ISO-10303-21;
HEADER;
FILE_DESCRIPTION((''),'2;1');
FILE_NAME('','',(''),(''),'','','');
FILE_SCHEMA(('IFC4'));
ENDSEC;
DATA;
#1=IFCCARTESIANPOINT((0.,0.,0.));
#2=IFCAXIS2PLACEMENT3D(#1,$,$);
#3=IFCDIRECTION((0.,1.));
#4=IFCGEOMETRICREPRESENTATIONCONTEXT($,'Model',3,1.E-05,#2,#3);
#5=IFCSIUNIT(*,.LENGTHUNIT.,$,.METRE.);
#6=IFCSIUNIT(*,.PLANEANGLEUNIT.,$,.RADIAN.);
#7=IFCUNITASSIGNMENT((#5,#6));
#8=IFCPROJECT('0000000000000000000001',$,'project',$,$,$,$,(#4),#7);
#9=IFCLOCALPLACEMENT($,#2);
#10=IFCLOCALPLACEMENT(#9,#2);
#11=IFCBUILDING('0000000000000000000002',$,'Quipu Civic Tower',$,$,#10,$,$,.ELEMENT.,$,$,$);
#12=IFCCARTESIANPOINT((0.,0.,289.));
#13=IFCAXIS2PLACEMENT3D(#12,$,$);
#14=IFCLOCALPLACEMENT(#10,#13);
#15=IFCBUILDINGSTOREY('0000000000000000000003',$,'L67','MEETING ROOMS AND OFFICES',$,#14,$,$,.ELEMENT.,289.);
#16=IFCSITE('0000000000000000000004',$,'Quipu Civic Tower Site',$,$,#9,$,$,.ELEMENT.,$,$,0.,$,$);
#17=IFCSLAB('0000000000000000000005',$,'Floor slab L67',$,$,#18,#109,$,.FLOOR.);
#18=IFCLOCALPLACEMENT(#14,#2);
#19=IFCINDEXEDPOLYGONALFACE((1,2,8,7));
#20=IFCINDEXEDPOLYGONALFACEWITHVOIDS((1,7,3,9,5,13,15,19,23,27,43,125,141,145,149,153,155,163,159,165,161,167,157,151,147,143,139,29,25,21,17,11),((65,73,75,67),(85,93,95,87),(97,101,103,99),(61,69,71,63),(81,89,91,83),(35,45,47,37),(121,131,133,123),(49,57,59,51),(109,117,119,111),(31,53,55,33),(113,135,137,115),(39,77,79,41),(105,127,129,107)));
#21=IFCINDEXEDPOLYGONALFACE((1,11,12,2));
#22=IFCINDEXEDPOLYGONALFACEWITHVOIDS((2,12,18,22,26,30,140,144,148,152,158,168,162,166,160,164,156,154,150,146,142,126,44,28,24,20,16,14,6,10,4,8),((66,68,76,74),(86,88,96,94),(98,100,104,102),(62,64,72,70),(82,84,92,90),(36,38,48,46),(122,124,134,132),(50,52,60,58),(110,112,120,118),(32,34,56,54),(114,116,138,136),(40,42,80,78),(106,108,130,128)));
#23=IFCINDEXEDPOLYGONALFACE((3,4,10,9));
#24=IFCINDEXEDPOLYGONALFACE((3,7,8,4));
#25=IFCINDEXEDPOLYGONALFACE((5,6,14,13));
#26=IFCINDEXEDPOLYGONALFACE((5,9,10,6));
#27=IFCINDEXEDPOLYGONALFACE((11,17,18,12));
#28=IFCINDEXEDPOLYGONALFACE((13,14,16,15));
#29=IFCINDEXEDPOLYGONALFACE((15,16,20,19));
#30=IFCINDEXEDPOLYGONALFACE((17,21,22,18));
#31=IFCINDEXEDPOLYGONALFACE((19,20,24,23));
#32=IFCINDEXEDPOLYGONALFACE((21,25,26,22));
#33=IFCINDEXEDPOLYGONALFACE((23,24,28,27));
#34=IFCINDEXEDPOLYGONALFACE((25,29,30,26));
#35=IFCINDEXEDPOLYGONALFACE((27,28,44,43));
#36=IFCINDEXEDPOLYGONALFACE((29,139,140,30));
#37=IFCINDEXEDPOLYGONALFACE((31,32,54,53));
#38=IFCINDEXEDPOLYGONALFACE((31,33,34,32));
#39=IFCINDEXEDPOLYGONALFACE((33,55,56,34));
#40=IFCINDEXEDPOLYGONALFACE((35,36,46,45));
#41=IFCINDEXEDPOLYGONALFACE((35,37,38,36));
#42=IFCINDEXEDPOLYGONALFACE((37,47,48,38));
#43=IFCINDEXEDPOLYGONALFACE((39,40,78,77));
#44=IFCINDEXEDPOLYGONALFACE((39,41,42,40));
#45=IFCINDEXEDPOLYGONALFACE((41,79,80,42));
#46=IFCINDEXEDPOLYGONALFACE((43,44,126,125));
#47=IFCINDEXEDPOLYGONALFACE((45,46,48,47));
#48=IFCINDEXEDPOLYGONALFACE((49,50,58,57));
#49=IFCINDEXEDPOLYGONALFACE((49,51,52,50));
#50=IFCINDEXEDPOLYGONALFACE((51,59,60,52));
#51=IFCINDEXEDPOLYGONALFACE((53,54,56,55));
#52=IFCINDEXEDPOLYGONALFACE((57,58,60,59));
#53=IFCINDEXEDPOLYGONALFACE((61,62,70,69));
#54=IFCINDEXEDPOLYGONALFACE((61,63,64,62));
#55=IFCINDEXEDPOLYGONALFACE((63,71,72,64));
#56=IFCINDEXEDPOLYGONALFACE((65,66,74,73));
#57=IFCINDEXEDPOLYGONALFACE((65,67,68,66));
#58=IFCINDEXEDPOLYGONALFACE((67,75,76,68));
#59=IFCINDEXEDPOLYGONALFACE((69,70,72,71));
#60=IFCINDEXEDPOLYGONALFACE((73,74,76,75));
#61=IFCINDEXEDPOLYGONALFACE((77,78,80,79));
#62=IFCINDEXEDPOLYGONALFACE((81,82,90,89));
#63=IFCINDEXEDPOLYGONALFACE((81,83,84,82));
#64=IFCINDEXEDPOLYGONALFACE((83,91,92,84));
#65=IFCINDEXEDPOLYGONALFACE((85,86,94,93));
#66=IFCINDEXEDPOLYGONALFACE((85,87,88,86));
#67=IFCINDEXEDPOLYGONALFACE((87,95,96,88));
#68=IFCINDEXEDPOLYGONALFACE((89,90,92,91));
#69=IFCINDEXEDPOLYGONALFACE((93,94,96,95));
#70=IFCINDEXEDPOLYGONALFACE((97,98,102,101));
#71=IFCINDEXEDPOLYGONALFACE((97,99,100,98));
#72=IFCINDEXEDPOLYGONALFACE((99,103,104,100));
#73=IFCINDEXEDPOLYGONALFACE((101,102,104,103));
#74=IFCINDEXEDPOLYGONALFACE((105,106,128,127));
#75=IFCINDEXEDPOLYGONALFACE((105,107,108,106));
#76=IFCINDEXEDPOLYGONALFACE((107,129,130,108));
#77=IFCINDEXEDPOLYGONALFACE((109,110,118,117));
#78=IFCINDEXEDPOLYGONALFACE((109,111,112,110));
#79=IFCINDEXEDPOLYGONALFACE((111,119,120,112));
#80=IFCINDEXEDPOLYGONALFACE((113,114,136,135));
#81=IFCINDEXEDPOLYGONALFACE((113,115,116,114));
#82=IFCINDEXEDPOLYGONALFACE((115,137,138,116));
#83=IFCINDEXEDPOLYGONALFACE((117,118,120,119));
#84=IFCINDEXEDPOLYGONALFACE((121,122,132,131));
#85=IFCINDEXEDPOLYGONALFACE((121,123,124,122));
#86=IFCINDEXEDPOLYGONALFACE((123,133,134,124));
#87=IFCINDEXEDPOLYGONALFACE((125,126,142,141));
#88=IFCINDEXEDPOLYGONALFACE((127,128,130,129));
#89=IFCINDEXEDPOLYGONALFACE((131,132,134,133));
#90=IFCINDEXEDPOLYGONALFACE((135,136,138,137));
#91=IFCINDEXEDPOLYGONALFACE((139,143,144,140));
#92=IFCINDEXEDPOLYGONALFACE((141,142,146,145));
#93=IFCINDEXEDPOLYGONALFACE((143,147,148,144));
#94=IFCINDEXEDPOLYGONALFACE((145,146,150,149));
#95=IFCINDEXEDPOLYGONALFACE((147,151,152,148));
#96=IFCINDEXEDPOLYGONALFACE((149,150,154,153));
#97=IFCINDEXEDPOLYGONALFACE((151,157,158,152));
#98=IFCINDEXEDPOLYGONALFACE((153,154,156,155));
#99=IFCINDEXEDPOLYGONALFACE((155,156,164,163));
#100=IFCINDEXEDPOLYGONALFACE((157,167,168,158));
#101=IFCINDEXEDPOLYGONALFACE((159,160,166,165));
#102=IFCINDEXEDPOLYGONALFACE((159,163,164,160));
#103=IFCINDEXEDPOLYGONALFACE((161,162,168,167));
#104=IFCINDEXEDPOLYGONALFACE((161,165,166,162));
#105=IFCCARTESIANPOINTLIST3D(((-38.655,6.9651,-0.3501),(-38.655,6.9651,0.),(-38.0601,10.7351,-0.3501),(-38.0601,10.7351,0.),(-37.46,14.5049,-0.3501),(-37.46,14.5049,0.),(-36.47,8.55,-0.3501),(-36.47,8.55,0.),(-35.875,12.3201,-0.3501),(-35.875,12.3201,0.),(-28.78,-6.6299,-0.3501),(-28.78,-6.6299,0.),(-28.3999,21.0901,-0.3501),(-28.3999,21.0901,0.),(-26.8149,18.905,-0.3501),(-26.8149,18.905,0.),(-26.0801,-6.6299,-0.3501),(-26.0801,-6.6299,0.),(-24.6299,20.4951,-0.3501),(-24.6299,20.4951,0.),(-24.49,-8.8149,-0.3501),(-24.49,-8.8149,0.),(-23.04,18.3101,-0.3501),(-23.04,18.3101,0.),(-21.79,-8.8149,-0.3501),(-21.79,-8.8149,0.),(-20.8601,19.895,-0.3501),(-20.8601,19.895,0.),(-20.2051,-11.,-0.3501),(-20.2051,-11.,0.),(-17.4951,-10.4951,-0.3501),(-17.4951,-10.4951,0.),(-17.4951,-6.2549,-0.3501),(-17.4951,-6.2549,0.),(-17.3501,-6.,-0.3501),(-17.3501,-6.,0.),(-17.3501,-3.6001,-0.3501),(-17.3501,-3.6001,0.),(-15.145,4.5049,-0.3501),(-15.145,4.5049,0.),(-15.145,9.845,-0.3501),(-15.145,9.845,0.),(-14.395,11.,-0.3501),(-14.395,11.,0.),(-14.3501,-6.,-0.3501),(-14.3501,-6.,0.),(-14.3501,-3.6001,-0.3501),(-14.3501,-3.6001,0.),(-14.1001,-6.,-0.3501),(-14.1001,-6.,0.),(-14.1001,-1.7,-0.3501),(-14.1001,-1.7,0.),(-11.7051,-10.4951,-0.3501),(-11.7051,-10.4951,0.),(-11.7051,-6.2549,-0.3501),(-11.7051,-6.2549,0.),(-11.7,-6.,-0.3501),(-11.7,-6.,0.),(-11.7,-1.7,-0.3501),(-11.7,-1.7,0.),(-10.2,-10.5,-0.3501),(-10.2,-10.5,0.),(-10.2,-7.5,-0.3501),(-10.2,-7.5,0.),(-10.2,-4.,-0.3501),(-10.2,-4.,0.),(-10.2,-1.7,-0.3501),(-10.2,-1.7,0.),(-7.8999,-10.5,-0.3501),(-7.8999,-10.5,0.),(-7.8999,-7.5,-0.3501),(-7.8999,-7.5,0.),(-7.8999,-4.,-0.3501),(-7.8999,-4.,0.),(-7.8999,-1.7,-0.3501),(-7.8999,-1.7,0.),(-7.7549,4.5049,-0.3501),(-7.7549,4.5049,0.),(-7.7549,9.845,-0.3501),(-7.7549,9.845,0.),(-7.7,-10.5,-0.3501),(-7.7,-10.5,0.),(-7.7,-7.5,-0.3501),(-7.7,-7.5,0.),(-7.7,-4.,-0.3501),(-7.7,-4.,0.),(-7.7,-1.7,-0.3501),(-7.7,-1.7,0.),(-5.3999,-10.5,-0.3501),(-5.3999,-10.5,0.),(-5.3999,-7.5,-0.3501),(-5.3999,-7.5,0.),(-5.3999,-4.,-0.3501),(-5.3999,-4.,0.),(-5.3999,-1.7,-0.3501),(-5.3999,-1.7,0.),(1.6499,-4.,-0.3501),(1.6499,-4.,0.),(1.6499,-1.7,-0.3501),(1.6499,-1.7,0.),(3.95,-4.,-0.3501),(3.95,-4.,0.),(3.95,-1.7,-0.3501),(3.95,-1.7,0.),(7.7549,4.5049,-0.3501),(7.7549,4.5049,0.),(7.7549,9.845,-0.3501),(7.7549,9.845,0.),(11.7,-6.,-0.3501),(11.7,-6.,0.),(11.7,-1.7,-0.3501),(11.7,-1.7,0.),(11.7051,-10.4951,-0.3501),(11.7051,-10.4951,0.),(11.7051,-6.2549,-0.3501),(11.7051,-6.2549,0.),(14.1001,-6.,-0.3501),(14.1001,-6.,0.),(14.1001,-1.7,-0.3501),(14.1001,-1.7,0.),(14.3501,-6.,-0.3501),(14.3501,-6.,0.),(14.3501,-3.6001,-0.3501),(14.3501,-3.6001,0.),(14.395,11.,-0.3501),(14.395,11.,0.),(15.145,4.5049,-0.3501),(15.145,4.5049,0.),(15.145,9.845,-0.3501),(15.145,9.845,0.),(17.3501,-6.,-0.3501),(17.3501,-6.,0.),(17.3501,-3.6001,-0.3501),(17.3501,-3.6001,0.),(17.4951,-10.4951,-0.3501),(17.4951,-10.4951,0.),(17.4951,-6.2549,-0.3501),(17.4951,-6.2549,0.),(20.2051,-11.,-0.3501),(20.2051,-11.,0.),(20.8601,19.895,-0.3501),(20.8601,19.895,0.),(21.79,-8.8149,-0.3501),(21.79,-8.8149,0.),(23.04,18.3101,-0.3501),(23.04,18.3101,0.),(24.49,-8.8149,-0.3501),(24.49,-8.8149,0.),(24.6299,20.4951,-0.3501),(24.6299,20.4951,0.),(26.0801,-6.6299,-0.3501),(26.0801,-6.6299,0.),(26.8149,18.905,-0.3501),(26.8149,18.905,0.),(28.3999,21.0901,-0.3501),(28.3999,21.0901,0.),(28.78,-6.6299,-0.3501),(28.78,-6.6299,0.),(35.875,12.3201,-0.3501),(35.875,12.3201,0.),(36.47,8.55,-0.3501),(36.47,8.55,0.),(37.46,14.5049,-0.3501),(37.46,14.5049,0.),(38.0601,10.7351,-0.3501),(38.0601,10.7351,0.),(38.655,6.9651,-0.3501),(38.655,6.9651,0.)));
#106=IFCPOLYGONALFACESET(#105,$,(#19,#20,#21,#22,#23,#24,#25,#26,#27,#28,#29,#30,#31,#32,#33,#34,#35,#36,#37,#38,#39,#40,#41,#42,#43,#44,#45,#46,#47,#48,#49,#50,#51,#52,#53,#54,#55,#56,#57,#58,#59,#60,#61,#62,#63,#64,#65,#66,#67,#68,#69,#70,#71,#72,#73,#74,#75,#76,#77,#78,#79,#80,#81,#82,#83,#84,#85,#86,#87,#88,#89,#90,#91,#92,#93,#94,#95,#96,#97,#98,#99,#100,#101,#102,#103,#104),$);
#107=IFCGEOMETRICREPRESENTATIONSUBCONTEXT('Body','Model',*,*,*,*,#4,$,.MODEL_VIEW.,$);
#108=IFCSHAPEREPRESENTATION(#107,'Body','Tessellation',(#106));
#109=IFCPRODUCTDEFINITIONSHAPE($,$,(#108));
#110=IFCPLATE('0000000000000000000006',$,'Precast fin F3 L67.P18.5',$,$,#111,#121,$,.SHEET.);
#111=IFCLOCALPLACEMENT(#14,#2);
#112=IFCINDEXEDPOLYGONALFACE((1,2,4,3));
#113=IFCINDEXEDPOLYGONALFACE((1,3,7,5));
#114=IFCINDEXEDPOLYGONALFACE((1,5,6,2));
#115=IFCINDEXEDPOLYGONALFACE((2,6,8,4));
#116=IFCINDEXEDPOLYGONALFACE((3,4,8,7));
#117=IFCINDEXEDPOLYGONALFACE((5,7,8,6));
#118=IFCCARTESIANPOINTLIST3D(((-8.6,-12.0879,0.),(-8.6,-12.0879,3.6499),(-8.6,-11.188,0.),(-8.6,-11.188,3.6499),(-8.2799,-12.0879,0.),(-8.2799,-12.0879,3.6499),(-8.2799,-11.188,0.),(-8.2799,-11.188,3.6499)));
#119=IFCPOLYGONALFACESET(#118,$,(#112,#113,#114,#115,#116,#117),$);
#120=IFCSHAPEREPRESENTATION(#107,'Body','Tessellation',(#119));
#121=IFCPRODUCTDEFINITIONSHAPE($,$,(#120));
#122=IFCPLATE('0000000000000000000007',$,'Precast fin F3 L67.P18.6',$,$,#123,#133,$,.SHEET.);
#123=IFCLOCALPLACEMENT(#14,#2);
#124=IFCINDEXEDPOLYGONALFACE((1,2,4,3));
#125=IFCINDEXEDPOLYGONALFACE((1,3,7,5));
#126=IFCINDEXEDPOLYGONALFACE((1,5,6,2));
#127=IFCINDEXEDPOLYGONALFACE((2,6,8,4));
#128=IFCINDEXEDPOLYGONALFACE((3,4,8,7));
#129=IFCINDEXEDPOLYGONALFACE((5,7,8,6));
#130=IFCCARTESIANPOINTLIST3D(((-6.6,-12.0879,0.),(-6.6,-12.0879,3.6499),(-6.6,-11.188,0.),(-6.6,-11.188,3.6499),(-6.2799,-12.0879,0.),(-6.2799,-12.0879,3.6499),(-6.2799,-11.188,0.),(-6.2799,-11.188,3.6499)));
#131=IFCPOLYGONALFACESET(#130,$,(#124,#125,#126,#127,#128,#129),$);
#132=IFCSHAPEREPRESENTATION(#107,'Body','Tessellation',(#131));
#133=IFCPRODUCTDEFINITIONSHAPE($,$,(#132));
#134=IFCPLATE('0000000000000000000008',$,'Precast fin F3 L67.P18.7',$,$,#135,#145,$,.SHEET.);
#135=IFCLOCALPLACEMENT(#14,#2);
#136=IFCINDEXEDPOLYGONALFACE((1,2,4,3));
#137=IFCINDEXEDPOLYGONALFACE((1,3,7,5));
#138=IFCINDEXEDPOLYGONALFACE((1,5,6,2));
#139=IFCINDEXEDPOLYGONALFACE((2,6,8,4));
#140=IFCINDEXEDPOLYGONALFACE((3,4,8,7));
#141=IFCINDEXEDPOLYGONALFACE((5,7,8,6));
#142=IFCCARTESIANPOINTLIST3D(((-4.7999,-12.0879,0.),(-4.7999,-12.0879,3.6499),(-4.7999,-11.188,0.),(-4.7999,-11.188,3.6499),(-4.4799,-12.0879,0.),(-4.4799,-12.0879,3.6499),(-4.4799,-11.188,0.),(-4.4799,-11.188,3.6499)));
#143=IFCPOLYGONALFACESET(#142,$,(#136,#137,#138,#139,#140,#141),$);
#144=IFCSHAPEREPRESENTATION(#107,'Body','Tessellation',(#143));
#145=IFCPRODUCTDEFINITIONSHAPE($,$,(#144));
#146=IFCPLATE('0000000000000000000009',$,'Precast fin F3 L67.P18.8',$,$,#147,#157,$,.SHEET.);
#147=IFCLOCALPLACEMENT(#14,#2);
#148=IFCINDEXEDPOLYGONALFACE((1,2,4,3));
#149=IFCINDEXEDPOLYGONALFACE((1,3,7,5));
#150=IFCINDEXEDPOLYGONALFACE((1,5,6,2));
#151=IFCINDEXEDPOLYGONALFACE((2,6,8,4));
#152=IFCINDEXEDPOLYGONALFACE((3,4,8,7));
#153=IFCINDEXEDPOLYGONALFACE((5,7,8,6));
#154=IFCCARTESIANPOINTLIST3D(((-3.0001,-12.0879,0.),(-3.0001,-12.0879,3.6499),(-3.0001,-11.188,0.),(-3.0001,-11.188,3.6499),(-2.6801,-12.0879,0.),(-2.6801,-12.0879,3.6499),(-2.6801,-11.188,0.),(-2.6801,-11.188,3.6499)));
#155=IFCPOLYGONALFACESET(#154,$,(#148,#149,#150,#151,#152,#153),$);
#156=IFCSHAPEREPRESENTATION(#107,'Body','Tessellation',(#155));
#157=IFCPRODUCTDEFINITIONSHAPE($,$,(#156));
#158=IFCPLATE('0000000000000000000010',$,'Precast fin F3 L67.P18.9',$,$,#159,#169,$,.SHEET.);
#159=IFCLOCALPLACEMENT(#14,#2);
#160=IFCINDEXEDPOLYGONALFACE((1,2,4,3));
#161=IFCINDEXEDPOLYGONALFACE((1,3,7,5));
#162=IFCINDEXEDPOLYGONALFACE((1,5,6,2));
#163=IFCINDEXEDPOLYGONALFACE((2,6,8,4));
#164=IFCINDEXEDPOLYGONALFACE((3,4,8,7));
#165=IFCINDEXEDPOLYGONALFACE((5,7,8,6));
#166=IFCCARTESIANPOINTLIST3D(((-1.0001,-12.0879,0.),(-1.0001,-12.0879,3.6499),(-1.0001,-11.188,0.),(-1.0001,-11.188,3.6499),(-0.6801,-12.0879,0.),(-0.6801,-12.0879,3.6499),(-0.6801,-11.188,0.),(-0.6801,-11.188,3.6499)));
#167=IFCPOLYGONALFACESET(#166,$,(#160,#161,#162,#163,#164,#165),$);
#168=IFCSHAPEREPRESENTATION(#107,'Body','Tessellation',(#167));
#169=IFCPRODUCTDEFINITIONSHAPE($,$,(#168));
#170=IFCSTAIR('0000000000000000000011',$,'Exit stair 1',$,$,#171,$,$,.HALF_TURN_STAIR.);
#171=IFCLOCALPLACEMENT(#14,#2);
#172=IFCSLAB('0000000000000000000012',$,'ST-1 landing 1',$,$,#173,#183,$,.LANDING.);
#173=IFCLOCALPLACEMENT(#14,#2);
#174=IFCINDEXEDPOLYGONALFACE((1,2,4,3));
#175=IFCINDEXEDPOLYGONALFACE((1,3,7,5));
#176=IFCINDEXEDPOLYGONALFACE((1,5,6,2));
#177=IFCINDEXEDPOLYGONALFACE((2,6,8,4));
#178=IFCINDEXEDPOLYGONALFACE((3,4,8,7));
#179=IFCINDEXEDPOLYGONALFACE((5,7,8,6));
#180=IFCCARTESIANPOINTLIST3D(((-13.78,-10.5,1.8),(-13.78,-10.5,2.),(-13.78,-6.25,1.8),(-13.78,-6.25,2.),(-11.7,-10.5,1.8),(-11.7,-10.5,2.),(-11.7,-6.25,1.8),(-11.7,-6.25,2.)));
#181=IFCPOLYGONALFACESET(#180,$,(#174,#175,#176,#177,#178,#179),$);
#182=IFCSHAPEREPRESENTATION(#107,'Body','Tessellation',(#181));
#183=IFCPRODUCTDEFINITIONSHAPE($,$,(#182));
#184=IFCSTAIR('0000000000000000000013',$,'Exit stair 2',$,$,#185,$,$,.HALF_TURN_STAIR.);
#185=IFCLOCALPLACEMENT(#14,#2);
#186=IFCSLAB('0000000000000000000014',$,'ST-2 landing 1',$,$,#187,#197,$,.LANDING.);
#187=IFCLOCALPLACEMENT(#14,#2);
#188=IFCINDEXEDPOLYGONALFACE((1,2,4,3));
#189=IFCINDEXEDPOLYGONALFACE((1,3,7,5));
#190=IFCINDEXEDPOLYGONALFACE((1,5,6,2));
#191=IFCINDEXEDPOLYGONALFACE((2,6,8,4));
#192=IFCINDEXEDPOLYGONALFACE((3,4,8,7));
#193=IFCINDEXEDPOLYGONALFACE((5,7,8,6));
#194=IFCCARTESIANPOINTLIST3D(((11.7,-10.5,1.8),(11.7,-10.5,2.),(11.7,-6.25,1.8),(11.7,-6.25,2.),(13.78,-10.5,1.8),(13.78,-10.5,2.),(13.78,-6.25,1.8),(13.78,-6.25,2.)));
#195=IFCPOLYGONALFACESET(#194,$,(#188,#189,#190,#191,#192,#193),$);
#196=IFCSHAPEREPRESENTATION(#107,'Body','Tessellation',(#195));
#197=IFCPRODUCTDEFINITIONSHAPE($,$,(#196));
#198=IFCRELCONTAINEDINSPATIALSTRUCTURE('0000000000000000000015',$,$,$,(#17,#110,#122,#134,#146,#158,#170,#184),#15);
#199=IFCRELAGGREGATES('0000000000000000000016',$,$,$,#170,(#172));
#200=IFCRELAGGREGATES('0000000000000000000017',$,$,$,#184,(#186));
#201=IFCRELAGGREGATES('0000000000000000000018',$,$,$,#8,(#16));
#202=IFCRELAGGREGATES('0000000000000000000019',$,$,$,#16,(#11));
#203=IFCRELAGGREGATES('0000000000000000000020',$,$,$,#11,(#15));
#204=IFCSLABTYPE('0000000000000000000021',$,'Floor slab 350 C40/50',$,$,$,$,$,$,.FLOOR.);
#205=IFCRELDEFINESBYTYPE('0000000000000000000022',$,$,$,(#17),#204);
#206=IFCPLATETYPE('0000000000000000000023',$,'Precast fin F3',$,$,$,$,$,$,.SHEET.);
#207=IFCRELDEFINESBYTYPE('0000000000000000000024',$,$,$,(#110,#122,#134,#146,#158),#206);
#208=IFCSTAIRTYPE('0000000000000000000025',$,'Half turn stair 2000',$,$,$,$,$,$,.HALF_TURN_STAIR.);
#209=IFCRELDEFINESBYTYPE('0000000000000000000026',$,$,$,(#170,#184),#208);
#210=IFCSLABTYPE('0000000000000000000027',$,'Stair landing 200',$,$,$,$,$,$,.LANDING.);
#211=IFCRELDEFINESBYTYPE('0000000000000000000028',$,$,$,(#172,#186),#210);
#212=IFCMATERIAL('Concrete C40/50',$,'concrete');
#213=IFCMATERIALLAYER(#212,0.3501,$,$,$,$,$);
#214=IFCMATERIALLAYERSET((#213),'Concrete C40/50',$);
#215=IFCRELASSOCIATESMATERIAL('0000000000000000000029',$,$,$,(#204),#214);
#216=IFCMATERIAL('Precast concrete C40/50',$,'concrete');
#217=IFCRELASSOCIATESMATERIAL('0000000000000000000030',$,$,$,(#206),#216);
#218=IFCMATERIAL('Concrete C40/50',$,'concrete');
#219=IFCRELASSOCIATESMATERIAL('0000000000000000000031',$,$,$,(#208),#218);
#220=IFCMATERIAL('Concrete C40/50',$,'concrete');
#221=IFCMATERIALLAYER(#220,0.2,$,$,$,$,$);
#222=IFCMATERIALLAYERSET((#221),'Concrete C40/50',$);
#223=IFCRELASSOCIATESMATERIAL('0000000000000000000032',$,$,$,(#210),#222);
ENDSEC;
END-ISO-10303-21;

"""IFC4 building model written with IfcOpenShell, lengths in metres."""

from ifc_helpers import new_model, si_unit, direction, frame, origin, origin_2d, place, context, subcontext, project, spatial, polyline, rectangle, outline, extrude, material, layer, layer_set, type_object, element, aggregate, save


model = new_model("IFC4")

# Units and contexts
model_context = context("Model", 3, precision=1e-05, world=origin(), true_north=direction((0.0, 1.0)))
body_context = subcontext(model_context, "Body", "Model", "MODEL_VIEW")
ifc_project = project(units=[si_unit("LENGTHUNIT", "METRE"), si_unit("PLANEANGLEUNIT", "RADIAN")], contexts=[model_context])

# Site, building, storey
site_placement = place(None, origin())
site = spatial("IfcSite", under=ifc_project, at=site_placement, Name="Quipu Civic Tower Site", CompositionType="ELEMENT", RefElevation=0.0)
building_placement = place(site_placement, origin())
building = spatial("IfcBuilding", under=site, at=building_placement, Name="Quipu Civic Tower", CompositionType="ELEMENT")
storey_placement = place(building_placement, frame((0.0, 0.0, 289.0)))
storey = spatial("IfcBuildingStorey", under=building, at=storey_placement, Name="L67", Description="MEETING ROOMS AND OFFICES", CompositionType="ELEMENT", Elevation=289.0)

# Slab
ifc_material_1 = material(Name="Concrete C40/50", Category="concrete")
ifc_layer_1 = layer(ifc_material_1, 0.3501)
ifc_layer_set_1 = layer_set([ifc_layer_1], Name="Concrete C40/50")
slab_type_1 = type_object("IfcSlabType", Name="Floor slab 350 C40/50", PredefinedType="FLOOR", material=ifc_layer_set_1)
slab_1_placement = place(storey_placement, frame((0.0, 0.0, -0.3501)))
element("IfcSlab", 1, at=slab_1_placement, inside=storey, type_object=slab_type_1, Name="Floor slab L67", PredefinedType="FLOOR", context=body_context, shape_type="SweptSolid", body=[
    extrude(outline(polyline([(20.8601, 19.895), (23.04, 18.3101), (24.6299, 20.4951), (26.8149, 18.905), (28.3999, 21.0901), (37.46, 14.5049), (35.875, 12.3201), (38.0601, 10.7351), (36.47, 8.55), (38.655, 6.9651), (28.78, -6.6299), (26.0801, -6.6299), (24.49, -8.8149), (21.79, -8.8149), (20.2051, -11.0), (-20.2051, -11.0), (-21.79, -8.8149), (-24.49, -8.8149), (-26.0801, -6.6299), (-28.78, -6.6299), (-38.655, 6.9651), (-36.47, 8.55), (-38.0601, 10.7351), (-35.875, 12.3201), (-37.46, 14.5049), (-28.3999, 21.0901), (-26.8149, 18.905), (-24.6299, 20.4951), (-23.04, 18.3101), (-20.8601, 19.895), (-14.395, 11.0), (14.395, 11.0), (20.8601, 19.895)]), holes=[polyline([(-10.2, -10.5), (-7.8999, -10.5), (-7.8999, -7.5), (-10.2, -7.5), (-10.2, -10.5)]), polyline([(-7.7, -7.5), (-7.7, -10.5), (-5.3999, -10.5), (-5.3999, -7.5), (-7.7, -7.5)]), polyline([(-11.7051, -6.2549), (-17.4951, -6.2549), (-17.4951, -10.4951), (-11.7051, -10.4951), (-11.7051, -6.2549)]), polyline([(-17.3501, -6.0), (-14.3501, -6.0), (-14.3501, -3.6001), (-17.3501, -3.6001), (-17.3501, -6.0)]), polyline([(-14.1001, -1.7), (-14.1001, -6.0), (-11.7, -6.0), (-11.7, -1.7), (-14.1001, -1.7)]), polyline([(-10.2, -1.7), (-10.2, -4.0), (-7.8999, -4.0), (-7.8999, -1.7), (-10.2, -1.7)]), polyline([(-15.145, 9.845), (-15.145, 4.5049), (-7.7549, 4.5049), (-7.7549, 9.845), (-15.145, 9.845)]), polyline([(11.7051, -10.4951), (17.4951, -10.4951), (17.4951, -6.2549), (11.7051, -6.2549), (11.7051, -10.4951)]), polyline([(14.3501, -3.6001), (14.3501, -6.0), (17.3501, -6.0), (17.3501, -3.6001), (14.3501, -3.6001)]), polyline([(11.7, -1.7), (11.7, -6.0), (14.1001, -6.0), (14.1001, -1.7), (11.7, -1.7)]), polyline([(-7.7, -1.7), (-7.7, -4.0), (-5.3999, -4.0), (-5.3999, -1.7), (-7.7, -1.7)]), polyline([(1.6499, -1.7), (1.6499, -4.0), (3.95, -4.0), (3.95, -1.7), (1.6499, -1.7)]), polyline([(7.7549, 4.5049), (15.145, 4.5049), (15.145, 9.845), (7.7549, 9.845), (7.7549, 4.5049)])]), origin(), (0.0, 0.0, 1.0), 0.3501),
])

# Plates
ifc_material_2 = material(Name="Precast concrete C40/50", Category="concrete")
plate_type = type_object("IfcPlateType", Name="Precast fin F3", PredefinedType="SHEET", material=ifc_material_2)
for number, where, z_axis, x_axis, name in (
    (2, (-8.4399, -11.6379, 0.0), (0.0, 0.0, 1.0), (1.0, 0.0, 0.0), "Precast fin F3 L67.P18.5"),
    (3, (-6.4399, -11.6379, 0.0), (0.0, 0.0, 1.0), (1.0, 0.0, 0.0), "Precast fin F3 L67.P18.6"),
    (4, (-4.6399, -11.6379, 0.0), (0.0, 0.0, 1.0), (1.0, 0.0, 0.0), "Precast fin F3 L67.P18.7"),
    (5, (-2.8401, -11.6379, 0.0), (0.0, 0.0, 1.0), (1.0, 0.0, 0.0), "Precast fin F3 L67.P18.8"),
    (6, (-0.8401, -11.6379, 0.0), (0.0, 0.0, 1.0), (1.0, 0.0, 0.0), "Precast fin F3 L67.P18.9"),
):
    element("IfcPlate", number, at=place(storey_placement, frame(where, z_axis=z_axis, x_axis=x_axis)), inside=storey, type_object=plate_type, Name=name, PredefinedType="SHEET", context=body_context, shape_type="SweptSolid", body=[
        extrude(rectangle(XDim=0.3201, YDim=0.8999, at=origin_2d()), origin(), (0.0, 0.0, 1.0), 3.6499),
    ])

# Stairs, slabs
ifc_material_3 = material(Name="Concrete C40/50", Category="concrete")
stair_type = type_object("IfcStairType", Name="Half turn stair 2000", PredefinedType="HALF_TURN_STAIR", material=ifc_material_3)
stair_1_placement = place(storey_placement, origin())
stair_1 = element("IfcStair", 7, at=stair_1_placement, inside=storey, type_object=stair_type, Name="Exit stair 1", PredefinedType="HALF_TURN_STAIR")
ifc_material_4 = material(Name="Concrete C40/50", Category="concrete")
ifc_layer_2 = layer(ifc_material_4, 0.2)
ifc_layer_set_2 = layer_set([ifc_layer_2], Name="Concrete C40/50")
slab_type_2 = type_object("IfcSlabType", Name="Stair landing 200", PredefinedType="LANDING", material=ifc_layer_set_2)
slab_2_placement = place(storey_placement, frame((0.0, 0.0, 1.8)))
slab_2 = element("IfcSlab", 8, at=slab_2_placement, type_object=slab_type_2, Name="ST-1 landing 1", PredefinedType="LANDING", context=body_context, shape_type="SweptSolid", body=[
    extrude(outline(polyline([(-13.78, -10.5), (-11.7, -10.5), (-11.7, -6.25), (-13.78, -6.25), (-13.78, -10.5)])), origin(), (0.0, 0.0, 1.0), 0.2),
])
aggregate(stair_1, [slab_2])
stair_2_placement = place(storey_placement, origin())
stair_2 = element("IfcStair", 9, at=stair_2_placement, inside=storey, type_object=stair_type, Name="Exit stair 2", PredefinedType="HALF_TURN_STAIR")
slab_3_placement = place(storey_placement, frame((0.0, 0.0, 1.8)))
slab_3 = element("IfcSlab", 10, at=slab_3_placement, type_object=slab_type_2, Name="ST-2 landing 1", PredefinedType="LANDING", context=body_context, shape_type="SweptSolid", body=[
    extrude(outline(polyline([(13.78, -6.25), (11.7, -6.25), (11.7, -10.5), (13.78, -10.5), (13.78, -6.25)])), origin(), (0.0, 0.0, 1.0), 0.2),
])
aggregate(stair_2, [slab_3])

save(model, "model.ifc")
